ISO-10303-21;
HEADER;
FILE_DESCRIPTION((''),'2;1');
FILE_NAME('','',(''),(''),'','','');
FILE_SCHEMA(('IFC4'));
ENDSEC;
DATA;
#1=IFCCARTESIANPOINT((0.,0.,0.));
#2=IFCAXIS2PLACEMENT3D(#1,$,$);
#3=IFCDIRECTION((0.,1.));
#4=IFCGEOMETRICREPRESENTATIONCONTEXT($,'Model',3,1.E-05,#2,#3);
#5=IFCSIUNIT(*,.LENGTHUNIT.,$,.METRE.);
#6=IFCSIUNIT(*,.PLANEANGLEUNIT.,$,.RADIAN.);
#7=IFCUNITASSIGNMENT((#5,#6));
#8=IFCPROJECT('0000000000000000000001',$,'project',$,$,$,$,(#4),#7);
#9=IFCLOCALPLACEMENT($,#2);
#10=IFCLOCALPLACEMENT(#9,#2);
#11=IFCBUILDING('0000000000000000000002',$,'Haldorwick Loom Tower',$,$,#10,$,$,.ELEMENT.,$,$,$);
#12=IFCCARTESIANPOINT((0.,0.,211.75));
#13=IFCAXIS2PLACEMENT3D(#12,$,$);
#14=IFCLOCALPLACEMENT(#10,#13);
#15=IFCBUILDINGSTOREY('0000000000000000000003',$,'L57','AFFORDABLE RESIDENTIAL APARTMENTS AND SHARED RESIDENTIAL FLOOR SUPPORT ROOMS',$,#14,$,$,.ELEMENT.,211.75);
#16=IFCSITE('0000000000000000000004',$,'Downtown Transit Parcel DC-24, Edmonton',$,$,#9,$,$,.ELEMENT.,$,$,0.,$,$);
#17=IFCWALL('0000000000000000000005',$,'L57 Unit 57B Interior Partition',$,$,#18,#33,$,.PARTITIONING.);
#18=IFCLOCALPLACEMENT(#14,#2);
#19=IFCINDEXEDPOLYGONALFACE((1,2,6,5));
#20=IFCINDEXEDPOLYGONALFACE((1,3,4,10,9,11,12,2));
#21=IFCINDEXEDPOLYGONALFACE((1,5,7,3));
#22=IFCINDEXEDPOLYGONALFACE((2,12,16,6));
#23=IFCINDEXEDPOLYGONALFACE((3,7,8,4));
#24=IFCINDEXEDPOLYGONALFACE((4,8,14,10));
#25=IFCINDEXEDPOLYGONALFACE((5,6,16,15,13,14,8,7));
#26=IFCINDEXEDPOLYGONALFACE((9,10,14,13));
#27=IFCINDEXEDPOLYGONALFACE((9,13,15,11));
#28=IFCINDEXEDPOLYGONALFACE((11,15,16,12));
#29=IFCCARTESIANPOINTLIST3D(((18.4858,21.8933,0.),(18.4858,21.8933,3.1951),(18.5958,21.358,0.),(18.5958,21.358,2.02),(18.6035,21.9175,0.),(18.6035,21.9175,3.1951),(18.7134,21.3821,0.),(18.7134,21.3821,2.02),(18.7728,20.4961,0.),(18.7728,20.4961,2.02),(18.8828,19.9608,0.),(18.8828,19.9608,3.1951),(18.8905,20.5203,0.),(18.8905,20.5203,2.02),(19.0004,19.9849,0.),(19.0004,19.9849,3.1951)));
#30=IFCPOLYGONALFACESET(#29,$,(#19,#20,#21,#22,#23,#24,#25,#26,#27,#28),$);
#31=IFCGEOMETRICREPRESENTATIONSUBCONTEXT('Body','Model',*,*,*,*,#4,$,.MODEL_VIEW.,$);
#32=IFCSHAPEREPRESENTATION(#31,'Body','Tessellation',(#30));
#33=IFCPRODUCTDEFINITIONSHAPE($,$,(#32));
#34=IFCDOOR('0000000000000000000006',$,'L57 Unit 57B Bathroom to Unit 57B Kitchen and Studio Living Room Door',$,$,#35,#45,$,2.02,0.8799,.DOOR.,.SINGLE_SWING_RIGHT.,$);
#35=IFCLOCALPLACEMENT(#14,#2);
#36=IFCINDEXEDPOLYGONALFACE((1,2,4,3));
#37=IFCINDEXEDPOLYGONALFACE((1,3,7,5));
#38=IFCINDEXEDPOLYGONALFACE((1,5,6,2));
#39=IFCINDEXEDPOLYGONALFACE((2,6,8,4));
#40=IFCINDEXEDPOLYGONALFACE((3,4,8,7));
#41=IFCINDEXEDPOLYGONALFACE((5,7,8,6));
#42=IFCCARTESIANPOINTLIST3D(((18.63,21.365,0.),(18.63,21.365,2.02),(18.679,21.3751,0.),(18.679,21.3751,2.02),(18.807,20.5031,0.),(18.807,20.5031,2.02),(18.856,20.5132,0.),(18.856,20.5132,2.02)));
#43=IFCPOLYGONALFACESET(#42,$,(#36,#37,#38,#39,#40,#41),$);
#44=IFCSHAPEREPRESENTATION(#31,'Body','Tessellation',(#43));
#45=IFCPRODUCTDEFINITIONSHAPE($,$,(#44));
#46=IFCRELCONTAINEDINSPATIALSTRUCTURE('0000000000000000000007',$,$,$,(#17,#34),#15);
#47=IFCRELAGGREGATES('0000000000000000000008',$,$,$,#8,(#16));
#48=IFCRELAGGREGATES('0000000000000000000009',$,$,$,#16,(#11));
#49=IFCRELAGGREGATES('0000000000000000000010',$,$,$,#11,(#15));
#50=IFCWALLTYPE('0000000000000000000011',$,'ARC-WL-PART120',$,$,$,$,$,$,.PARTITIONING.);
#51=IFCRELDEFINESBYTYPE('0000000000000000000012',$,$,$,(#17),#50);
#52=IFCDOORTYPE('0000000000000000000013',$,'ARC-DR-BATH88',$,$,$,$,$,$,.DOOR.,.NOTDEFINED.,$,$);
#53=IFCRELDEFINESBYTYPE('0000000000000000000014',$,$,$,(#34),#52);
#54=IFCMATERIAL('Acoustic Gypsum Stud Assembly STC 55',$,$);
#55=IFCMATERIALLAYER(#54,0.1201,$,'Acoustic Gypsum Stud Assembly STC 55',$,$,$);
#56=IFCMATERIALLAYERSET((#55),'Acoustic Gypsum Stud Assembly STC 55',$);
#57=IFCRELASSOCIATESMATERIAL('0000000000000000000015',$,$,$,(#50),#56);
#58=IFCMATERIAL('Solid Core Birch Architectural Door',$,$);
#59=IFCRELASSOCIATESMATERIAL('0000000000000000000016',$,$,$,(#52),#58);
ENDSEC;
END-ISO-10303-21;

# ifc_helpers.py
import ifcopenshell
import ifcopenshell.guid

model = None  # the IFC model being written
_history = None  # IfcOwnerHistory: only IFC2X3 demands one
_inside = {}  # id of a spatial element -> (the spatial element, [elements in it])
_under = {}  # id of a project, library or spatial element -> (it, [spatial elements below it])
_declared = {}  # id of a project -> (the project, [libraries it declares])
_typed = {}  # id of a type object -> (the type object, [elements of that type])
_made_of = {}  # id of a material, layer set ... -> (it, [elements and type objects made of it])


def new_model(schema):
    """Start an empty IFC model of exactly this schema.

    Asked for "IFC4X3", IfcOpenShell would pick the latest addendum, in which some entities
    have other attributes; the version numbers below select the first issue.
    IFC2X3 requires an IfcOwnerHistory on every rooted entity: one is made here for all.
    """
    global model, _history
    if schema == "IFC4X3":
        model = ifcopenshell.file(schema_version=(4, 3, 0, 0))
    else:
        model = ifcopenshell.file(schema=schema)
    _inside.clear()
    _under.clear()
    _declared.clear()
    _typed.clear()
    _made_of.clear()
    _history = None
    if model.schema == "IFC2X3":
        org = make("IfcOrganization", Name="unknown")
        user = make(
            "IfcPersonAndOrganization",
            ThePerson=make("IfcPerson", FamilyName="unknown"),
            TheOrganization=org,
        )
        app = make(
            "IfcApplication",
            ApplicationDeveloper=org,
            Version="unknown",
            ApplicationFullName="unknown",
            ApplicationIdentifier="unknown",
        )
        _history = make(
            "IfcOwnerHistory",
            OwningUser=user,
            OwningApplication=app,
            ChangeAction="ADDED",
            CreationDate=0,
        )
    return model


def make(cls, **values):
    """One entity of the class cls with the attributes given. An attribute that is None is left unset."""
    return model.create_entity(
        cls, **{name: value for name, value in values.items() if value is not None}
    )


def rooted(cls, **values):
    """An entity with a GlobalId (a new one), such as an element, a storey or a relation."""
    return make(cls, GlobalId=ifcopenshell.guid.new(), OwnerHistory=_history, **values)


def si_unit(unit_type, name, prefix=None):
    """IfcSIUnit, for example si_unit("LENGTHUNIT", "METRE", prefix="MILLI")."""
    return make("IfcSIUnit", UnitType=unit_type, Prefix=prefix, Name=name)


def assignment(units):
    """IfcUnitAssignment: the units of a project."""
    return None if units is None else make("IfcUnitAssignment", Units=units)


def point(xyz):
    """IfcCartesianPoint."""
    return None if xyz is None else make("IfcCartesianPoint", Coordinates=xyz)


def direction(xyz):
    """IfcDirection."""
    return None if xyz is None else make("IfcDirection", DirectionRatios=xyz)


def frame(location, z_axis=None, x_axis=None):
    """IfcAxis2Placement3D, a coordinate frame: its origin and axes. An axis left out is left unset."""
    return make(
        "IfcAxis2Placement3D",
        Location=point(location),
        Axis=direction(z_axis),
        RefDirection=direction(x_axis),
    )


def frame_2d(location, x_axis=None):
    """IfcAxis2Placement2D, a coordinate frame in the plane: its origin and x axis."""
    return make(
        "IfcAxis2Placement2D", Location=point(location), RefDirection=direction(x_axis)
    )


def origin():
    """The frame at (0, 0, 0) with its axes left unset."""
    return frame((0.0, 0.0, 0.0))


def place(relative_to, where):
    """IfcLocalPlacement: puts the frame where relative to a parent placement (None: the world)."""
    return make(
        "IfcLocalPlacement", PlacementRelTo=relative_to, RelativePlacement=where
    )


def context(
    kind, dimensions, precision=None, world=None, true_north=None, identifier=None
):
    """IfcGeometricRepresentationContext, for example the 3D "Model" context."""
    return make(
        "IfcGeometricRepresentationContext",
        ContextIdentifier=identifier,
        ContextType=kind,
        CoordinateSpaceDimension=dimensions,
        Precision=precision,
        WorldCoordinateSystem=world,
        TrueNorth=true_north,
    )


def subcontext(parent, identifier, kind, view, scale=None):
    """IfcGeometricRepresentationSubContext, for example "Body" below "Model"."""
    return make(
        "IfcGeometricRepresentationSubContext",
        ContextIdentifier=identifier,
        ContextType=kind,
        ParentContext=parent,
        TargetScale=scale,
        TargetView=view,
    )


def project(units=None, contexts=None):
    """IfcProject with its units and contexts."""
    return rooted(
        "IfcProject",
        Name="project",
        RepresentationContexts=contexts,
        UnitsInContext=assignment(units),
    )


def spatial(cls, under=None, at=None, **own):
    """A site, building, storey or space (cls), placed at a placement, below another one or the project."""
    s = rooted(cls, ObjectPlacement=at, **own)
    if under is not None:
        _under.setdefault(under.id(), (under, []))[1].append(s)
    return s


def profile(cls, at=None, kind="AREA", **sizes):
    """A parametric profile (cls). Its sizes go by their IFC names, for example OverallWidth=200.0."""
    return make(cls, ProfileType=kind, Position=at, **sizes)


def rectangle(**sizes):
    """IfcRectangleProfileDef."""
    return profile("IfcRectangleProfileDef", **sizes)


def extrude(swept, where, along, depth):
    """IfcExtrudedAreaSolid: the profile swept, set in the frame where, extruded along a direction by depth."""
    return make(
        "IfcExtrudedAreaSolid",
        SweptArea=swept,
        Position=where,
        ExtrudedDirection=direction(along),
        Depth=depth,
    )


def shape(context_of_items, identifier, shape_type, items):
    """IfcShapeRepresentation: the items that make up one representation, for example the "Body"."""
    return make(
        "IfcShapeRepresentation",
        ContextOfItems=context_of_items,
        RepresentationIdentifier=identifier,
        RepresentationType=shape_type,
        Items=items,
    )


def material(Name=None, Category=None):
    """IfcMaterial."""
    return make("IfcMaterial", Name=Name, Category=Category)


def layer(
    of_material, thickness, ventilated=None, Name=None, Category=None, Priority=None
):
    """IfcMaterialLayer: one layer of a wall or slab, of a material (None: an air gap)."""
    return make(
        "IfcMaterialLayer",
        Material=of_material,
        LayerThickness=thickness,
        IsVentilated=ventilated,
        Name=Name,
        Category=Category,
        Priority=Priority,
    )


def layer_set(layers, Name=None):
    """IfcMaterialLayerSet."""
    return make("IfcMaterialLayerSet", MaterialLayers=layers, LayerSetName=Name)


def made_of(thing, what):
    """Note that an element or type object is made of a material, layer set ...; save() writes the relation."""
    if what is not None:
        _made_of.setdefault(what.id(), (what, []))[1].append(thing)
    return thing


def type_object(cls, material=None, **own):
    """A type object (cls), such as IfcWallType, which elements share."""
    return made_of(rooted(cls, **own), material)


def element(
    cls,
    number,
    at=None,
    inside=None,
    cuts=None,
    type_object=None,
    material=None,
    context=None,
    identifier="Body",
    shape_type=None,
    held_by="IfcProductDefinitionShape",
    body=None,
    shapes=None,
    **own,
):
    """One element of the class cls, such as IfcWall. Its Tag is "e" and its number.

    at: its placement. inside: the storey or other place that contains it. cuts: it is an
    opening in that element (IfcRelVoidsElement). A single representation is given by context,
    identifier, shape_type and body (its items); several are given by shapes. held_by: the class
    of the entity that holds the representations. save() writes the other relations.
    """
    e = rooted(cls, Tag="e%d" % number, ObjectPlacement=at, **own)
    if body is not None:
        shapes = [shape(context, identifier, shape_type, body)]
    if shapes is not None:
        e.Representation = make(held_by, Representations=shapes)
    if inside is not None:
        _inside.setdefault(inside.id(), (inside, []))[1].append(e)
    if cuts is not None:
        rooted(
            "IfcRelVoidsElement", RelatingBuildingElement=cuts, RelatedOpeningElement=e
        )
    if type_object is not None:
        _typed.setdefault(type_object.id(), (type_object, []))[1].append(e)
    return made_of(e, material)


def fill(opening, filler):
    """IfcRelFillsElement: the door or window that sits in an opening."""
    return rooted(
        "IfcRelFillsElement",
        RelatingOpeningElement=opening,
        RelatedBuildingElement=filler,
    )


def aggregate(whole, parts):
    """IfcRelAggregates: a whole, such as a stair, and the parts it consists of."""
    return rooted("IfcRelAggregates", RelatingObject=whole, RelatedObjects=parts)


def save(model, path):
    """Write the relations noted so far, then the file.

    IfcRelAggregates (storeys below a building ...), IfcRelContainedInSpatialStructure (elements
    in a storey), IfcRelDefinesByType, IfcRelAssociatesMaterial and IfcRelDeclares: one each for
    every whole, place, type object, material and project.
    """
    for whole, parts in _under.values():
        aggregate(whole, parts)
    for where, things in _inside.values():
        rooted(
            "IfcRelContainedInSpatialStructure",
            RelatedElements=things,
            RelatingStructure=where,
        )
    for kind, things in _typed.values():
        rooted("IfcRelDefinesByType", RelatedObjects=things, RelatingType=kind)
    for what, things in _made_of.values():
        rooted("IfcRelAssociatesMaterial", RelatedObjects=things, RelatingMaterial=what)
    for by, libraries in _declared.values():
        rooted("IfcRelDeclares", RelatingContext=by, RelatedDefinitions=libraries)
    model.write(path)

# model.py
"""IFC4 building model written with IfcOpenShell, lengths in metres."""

from ifc_helpers import new_model, si_unit, direction, frame, frame_2d, origin, place, context, subcontext, project, spatial, rectangle, extrude, material, layer, layer_set, type_object, element, fill, save


model = new_model("IFC4")

# Units and contexts
model_context = context("Model", 3, precision=1e-05, world=origin(), true_north=direction((0.0, 1.0)))
body_context = subcontext(model_context, "Body", "Model", "MODEL_VIEW")
ifc_project = project(units=[si_unit("LENGTHUNIT", "METRE"), si_unit("PLANEANGLEUNIT", "RADIAN")], contexts=[model_context])

# Site, building, storey
site_placement = place(None, origin())
site = spatial("IfcSite", under=ifc_project, at=site_placement, Name="Downtown Transit Parcel DC-24, Edmonton", CompositionType="ELEMENT", RefElevation=0.0)
building_placement = place(site_placement, origin())
building = spatial("IfcBuilding", under=site, at=building_placement, Name="Haldorwick Loom Tower", CompositionType="ELEMENT")
storey_placement = place(building_placement, frame((0.0, 0.0, 211.75)))
storey = spatial("IfcBuildingStorey", under=building, at=storey_placement, Name="L57", Description="AFFORDABLE RESIDENTIAL APARTMENTS AND SHARED RESIDENTIAL FLOOR SUPPORT ROOMS", CompositionType="ELEMENT", Elevation=211.75)

# Shared definitions
ifc_material_1 = material(Name="Solid Core Birch Architectural Door")

# Wall, opening, door
ifc_material_2 = material(Name="Acoustic Gypsum Stud Assembly STC 55")
ifc_layer_1 = layer(ifc_material_2, 0.1201, Name="Acoustic Gypsum Stud Assembly STC 55")
ifc_layer_set_1 = layer_set([ifc_layer_1], Name="Acoustic Gypsum Stud Assembly STC 55")
wall_type_1 = type_object("IfcWallType", Name="ARC-WL-PART120", PredefinedType="PARTITIONING", material=ifc_layer_set_1)
wall_1_placement = place(storey_placement, frame((18.5447, 21.9053, 0.0), z_axis=(0.0, 0.0, 1.0), x_axis=(0.201206, -0.979549, 0.0)))
wall_1 = element("IfcWall", 1, at=wall_1_placement, inside=storey, type_object=wall_type_1, Name="L57 Unit 57B Interior Partition", PredefinedType="PARTITIONING", context=body_context, shape_type="SweptSolid", body=[
    extrude(rectangle(XDim=1.9729, YDim=0.1201, at=frame_2d((0.9863, 0.0))), origin(), (0.0, 0.0, 1.0), 3.1951),
])
opening_1_placement = place(wall_1_placement, frame((0.5464, 0.0, 0.0)))
opening_1 = element("IfcOpeningElement", 2, at=opening_1_placement, cuts=wall_1, PredefinedType="OPENING", context=body_context, shape_type="SweptSolid", body=[
    extrude(rectangle(XDim=0.8799, YDim=2.02, at=frame_2d((0.4399, 1.01))), frame((0.0, 0.0701, 0.0), z_axis=(0.0, -1.0, 0.0), x_axis=(1.0, 0.0, 0.0)), (0.0, 0.0, 1.0), 0.1401),
])
door_type_1 = type_object("IfcDoorType", Name="ARC-DR-BATH88", OperationType="NOTDEFINED", PredefinedType="DOOR", material=ifc_material_1)
door_1_placement = place(opening_1_placement, origin())
door_1 = element("IfcDoor", 3, at=door_1_placement, inside=storey, type_object=door_type_1, Name="L57 Unit 57B Bathroom to Unit 57B Kitchen and Studio Living Room Door", OperationType="SINGLE_SWING_RIGHT", OverallHeight=2.02, OverallWidth=0.8799, PredefinedType="DOOR", context=body_context, shape_type="SweptSolid", body=[
    extrude(rectangle(XDim=0.8799, YDim=2.02, at=frame_2d((0.4399, 1.01))), frame((0.0, 0.0249, 0.0), z_axis=(0.0, -1.0, 0.0), x_axis=(1.0, 0.0, 0.0)), (0.0, 0.0, 1.0), 0.05),
])
fill(opening_1, door_1)

save(model, "model.ifc")
